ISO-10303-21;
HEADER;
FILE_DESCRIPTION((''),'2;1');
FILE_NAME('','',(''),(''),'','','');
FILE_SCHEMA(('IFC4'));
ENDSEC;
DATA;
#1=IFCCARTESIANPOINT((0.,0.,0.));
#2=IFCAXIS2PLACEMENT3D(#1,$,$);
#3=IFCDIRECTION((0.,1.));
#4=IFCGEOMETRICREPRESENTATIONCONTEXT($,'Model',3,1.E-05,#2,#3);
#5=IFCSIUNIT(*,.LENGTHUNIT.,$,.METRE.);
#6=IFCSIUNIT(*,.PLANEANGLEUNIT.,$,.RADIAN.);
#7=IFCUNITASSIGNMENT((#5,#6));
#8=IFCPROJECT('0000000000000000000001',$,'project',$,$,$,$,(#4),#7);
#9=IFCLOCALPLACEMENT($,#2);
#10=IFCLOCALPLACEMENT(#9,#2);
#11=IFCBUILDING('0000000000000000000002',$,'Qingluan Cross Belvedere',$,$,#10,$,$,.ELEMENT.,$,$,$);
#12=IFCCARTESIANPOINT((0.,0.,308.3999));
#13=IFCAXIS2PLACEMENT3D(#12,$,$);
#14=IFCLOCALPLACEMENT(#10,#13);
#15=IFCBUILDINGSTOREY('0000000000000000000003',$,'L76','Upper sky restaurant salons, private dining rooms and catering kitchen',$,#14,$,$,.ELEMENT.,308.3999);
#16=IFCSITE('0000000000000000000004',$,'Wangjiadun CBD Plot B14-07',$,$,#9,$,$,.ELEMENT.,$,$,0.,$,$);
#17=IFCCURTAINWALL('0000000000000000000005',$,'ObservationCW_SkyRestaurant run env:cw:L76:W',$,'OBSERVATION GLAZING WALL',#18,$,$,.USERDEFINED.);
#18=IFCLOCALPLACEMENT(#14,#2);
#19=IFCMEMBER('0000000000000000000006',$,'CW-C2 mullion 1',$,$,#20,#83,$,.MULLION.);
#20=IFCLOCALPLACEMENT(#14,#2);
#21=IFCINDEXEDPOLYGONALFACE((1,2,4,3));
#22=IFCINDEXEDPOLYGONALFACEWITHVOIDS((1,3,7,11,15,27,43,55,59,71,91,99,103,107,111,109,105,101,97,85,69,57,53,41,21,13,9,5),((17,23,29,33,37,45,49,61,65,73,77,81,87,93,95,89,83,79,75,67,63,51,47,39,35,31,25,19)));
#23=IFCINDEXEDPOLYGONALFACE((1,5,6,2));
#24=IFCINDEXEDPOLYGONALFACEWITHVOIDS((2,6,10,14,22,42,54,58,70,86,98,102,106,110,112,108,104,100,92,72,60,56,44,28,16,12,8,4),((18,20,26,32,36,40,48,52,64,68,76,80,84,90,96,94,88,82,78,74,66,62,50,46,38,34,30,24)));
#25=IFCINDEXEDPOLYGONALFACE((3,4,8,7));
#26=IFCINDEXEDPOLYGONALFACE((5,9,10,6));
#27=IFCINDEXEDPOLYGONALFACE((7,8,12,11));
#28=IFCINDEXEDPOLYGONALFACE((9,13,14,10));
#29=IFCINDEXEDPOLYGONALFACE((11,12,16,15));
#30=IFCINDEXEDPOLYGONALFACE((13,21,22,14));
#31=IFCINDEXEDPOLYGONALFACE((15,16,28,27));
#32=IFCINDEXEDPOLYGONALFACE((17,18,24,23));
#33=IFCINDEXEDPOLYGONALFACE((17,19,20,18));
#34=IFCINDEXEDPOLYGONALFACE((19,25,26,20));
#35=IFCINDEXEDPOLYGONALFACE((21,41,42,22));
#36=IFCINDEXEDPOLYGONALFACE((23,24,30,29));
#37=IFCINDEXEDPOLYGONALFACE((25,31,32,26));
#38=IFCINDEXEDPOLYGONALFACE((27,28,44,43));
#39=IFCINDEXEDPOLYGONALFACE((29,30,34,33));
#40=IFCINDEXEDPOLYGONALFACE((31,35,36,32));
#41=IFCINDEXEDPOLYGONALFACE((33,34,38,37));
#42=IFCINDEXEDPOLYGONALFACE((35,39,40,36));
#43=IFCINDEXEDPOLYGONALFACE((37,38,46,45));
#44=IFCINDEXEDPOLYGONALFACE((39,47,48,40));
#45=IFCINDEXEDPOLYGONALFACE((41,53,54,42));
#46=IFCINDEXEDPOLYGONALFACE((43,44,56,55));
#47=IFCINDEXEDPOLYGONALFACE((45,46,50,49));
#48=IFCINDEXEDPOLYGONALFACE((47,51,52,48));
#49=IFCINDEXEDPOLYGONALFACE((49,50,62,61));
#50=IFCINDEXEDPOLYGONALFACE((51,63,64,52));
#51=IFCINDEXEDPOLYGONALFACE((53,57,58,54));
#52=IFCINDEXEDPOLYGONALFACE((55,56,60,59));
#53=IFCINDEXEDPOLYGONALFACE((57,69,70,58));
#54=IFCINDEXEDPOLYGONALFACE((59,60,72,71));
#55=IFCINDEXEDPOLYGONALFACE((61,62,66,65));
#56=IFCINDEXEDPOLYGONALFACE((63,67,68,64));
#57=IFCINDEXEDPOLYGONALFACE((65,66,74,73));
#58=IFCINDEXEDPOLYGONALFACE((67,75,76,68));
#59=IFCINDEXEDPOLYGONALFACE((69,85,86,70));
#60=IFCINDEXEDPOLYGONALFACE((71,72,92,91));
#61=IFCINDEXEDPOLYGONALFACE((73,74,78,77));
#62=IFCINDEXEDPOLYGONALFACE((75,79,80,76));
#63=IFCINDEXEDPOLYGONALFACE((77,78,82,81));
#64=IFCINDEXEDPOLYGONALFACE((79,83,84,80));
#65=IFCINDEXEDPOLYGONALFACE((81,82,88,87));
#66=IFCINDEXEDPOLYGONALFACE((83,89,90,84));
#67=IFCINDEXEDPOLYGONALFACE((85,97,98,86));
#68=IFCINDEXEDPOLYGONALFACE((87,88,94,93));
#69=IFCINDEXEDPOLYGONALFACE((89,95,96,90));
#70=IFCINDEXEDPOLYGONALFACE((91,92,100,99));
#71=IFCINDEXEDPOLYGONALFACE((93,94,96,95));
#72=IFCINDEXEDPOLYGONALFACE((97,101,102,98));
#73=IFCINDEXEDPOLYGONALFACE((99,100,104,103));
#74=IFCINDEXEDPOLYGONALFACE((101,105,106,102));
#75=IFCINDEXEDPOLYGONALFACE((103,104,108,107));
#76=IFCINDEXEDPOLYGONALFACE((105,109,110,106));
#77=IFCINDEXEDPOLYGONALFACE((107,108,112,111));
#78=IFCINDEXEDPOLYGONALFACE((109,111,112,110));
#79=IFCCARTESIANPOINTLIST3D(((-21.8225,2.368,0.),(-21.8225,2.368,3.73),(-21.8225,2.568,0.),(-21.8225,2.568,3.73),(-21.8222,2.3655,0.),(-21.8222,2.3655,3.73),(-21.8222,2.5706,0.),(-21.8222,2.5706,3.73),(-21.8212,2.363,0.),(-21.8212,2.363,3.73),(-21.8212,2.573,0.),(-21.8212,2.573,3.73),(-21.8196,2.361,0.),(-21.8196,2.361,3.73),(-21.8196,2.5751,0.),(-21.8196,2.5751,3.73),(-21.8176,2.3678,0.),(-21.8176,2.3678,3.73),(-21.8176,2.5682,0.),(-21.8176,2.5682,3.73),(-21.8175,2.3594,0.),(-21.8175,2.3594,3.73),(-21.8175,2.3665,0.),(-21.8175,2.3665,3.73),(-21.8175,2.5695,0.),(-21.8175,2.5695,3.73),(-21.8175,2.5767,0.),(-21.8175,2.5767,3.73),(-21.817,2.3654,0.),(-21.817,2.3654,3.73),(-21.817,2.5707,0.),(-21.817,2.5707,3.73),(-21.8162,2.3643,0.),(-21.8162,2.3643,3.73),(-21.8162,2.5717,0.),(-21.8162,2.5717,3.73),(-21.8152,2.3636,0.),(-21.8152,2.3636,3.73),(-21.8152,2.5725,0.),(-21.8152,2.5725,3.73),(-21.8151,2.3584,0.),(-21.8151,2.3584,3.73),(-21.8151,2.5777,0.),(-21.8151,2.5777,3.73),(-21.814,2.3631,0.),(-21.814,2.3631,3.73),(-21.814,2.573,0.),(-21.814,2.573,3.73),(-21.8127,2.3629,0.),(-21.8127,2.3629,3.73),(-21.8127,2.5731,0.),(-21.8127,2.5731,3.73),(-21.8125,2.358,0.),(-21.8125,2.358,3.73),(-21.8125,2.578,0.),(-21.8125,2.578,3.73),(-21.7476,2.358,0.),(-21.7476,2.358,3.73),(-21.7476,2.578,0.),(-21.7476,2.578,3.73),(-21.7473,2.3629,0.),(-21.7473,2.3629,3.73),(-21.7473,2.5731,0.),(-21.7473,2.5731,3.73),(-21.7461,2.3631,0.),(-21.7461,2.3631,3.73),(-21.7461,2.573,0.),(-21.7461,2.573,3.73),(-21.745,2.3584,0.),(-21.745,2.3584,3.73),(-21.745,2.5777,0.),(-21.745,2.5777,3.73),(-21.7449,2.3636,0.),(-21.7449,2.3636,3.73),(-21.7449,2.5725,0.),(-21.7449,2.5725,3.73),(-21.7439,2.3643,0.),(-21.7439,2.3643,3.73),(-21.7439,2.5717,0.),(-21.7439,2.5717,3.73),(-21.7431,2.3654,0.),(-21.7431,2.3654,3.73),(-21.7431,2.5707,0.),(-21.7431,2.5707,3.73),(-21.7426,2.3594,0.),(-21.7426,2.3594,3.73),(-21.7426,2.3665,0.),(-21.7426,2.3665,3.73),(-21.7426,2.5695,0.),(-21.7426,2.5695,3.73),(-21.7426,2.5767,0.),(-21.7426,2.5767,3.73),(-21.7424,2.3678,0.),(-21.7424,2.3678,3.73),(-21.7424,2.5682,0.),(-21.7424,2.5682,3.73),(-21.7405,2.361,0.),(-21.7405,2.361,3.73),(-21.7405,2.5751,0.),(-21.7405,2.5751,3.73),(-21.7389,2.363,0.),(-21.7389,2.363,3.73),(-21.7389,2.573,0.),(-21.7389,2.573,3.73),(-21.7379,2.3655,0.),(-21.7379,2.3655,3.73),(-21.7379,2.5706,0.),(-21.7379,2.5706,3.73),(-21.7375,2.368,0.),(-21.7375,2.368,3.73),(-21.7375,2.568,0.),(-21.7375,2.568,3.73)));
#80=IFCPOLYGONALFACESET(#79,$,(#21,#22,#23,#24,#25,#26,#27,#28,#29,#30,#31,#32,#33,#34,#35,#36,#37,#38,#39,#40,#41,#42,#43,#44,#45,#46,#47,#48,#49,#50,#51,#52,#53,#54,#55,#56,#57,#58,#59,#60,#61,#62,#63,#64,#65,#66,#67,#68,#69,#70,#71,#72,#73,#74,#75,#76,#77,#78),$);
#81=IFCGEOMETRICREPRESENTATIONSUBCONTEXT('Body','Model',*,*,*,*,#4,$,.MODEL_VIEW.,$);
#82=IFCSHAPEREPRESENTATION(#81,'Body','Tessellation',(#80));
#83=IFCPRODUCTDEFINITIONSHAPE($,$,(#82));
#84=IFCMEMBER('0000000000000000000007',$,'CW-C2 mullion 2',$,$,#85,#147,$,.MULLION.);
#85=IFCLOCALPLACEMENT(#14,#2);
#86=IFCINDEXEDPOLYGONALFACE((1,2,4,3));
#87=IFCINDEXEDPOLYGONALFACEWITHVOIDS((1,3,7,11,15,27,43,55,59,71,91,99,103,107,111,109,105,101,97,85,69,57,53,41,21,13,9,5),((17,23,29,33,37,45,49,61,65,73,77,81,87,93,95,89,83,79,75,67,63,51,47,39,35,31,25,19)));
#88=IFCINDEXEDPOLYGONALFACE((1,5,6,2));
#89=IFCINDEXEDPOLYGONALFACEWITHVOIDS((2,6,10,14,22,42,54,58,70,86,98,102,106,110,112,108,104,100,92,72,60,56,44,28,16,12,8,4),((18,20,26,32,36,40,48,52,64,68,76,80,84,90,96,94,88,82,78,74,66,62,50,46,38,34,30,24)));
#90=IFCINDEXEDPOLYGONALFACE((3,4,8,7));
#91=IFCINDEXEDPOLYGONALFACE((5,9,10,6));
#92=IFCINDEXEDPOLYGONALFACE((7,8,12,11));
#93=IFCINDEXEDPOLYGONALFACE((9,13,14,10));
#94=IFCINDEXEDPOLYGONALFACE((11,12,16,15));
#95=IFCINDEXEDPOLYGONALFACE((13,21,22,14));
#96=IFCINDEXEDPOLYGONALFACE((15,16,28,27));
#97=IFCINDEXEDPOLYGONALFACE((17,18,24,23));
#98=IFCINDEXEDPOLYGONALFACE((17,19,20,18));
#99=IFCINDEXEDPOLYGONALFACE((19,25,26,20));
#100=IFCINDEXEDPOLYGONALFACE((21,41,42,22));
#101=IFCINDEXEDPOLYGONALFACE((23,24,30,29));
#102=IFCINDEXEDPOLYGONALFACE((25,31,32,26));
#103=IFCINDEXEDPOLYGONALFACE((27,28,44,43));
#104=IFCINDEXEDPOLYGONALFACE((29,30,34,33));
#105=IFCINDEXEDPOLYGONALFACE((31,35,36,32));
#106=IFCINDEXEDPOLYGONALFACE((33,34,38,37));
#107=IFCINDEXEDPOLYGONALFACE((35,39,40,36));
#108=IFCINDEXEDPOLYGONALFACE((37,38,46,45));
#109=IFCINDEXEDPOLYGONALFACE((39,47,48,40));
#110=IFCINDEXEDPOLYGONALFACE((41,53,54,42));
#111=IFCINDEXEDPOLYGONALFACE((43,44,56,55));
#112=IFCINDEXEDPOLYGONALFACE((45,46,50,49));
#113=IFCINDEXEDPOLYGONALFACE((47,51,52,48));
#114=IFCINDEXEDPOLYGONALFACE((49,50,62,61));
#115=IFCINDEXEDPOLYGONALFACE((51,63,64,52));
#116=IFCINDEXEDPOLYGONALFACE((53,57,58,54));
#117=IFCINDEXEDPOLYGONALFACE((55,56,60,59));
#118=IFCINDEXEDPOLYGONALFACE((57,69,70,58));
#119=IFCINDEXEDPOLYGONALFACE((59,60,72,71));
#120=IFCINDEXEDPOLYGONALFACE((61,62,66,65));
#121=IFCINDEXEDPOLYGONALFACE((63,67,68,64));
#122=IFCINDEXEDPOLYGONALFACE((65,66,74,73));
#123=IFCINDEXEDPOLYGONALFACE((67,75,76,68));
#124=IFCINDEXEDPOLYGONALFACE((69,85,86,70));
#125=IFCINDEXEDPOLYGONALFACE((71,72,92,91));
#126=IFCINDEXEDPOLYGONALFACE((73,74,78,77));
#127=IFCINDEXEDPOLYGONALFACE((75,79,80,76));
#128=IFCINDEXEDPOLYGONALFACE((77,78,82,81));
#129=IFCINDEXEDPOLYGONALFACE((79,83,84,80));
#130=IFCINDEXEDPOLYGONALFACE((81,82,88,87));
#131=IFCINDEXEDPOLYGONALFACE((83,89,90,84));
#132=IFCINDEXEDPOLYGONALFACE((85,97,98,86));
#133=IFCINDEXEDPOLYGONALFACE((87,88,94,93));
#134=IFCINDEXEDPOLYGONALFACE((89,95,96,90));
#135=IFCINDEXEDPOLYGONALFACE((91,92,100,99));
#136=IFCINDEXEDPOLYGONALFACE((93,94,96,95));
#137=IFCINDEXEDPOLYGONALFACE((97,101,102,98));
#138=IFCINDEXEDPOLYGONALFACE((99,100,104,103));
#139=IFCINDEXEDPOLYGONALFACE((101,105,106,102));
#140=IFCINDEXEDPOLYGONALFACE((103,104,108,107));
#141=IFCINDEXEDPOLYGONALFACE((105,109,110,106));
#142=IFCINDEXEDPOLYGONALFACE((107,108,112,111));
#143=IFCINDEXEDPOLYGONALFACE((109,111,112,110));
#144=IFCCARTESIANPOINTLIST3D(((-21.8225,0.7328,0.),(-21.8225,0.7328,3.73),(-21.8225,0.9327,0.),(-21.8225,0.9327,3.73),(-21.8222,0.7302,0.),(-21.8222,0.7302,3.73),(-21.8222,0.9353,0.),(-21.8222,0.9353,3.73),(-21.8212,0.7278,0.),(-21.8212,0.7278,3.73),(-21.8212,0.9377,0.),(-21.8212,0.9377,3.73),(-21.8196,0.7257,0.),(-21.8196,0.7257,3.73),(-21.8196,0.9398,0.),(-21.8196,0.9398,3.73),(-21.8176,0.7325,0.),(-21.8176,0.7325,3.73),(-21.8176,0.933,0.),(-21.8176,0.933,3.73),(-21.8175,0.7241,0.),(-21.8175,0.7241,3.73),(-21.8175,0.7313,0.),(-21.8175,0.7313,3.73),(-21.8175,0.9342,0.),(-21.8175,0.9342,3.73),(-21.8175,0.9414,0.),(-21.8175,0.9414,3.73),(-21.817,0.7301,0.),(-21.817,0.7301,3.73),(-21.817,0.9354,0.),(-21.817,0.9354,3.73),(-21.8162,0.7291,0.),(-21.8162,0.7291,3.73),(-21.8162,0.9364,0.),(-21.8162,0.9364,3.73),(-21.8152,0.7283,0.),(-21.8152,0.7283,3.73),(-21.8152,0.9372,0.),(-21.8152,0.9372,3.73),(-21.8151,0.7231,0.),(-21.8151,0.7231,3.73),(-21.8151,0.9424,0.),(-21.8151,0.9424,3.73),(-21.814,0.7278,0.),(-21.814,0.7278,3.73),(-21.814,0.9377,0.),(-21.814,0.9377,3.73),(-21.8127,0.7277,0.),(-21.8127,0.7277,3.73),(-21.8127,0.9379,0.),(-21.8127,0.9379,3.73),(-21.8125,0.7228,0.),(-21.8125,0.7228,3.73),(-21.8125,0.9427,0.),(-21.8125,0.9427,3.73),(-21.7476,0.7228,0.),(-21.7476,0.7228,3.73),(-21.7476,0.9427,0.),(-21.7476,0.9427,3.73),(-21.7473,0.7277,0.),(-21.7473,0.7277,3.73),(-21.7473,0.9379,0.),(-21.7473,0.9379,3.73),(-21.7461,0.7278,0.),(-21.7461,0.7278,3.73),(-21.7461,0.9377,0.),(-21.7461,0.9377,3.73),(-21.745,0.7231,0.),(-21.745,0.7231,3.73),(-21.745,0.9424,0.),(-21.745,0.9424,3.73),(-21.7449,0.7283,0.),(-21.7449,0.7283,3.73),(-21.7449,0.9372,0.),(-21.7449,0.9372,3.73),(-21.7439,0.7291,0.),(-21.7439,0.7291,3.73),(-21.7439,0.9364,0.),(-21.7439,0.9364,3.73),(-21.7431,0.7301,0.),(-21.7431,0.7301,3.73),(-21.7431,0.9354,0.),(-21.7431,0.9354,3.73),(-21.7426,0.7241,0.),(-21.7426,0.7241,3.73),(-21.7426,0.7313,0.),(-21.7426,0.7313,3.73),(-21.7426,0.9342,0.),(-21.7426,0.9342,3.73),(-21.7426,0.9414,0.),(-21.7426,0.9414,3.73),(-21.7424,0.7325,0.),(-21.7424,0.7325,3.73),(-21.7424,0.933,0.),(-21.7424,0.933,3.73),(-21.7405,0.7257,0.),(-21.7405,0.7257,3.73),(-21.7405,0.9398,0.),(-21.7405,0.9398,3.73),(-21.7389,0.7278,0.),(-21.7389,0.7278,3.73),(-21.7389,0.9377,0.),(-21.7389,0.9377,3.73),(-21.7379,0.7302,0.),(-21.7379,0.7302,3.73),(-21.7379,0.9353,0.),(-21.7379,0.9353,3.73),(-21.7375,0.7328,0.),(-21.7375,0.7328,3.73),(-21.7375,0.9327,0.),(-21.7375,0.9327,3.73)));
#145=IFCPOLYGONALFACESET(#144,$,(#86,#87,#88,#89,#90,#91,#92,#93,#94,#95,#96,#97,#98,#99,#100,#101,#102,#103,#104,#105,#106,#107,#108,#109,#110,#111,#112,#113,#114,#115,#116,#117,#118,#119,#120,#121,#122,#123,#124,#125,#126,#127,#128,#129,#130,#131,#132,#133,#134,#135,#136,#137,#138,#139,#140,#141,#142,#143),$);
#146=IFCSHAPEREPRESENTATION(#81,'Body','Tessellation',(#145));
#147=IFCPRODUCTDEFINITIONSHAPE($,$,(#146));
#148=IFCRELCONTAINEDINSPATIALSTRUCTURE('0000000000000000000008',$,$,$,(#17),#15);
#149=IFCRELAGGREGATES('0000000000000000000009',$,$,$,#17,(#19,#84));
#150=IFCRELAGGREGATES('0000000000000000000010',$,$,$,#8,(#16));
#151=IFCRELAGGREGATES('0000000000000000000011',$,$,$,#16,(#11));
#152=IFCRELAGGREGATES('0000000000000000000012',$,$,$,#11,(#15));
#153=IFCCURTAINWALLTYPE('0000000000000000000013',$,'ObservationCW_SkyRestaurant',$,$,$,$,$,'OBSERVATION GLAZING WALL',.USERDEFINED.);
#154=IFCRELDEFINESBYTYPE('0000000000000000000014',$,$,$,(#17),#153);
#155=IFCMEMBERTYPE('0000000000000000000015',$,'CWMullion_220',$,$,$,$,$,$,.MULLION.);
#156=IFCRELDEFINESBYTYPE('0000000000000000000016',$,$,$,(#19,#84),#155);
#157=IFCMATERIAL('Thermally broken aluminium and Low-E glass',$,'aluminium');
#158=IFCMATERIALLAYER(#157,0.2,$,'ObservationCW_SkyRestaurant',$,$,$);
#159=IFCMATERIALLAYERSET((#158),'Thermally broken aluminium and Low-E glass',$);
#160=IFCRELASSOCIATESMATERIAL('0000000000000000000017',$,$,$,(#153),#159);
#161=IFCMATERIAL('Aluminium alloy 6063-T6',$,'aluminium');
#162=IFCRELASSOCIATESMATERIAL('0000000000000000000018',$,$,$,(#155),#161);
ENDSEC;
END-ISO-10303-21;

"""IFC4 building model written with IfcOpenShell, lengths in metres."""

from ifc_helpers import new_model, si_unit, direction, frame, origin, origin_2d, place, context, subcontext, project, spatial, hollow_rectangle, extrude, material, layer, layer_set, material_profile, profile_set, type_object, element, aggregate, save


model = new_model("IFC4")

# Units and contexts
model_context = context("Model", 3, precision=1e-05, world=origin(), true_north=direction((0.0, 1.0)))
body_context = subcontext(model_context, "Body", "Model", "MODEL_VIEW")
ifc_project = project(units=[si_unit("LENGTHUNIT", "METRE"), si_unit("PLANEANGLEUNIT", "RADIAN")], contexts=[model_context])

# Site, building, storey
site_placement = place(None, origin())
site = spatial("IfcSite", under=ifc_project, at=site_placement, Name="Wangjiadun CBD Plot B14-07", CompositionType="ELEMENT", RefElevation=0.0)
building_placement = place(site_placement, origin())
building = spatial("IfcBuilding", under=site, at=building_placement, Name="Qingluan Cross Belvedere", CompositionType="ELEMENT")
storey_placement = place(building_placement, frame((0.0, 0.0, 308.3999)))
storey = spatial("IfcBuildingStorey", under=building, at=storey_placement, Name="L76", Description="Upper sky restaurant salons, private dining rooms and catering kitchen", CompositionType="ELEMENT", Elevation=308.3999)

# Curtain wall, members
ifc_material_1 = material(Name="Thermally broken aluminium and Low-E glass", Category="aluminium")
ifc_layer_1 = layer(ifc_material_1, 0.2, Name="ObservationCW_SkyRestaurant")
ifc_layer_set_1 = layer_set([ifc_layer_1], Name="Thermally broken aluminium and Low-E glass")
curtain_wall_type = type_object("IfcCurtainWallType", Name="ObservationCW_SkyRestaurant", ElementType="OBSERVATION GLAZING WALL", PredefinedType="USERDEFINED", material=ifc_layer_set_1)
curtain_wall_placement = place(storey_placement, origin())
curtain_wall = element("IfcCurtainWall", 1, at=curtain_wall_placement, inside=storey, type_object=curtain_wall_type, Name="ObservationCW_SkyRestaurant run env:cw:L76:W", ObjectType="OBSERVATION GLAZING WALL", PredefinedType="USERDEFINED")
ifc_material_2 = material(Name="Aluminium alloy 6063-T6", Category="aluminium")
ifc_material_profile_1 = material_profile(ifc_material_2, hollow_rectangle(XDim=0.085, YDim=0.22, WallThickness=0.0049, InnerFilletRadius=0.0049, OuterFilletRadius=0.01, at=origin_2d()), Name="CWM220x85x5")
ifc_profile_set_1 = profile_set([ifc_material_profile_1], Name="Aluminium alloy 6063-T6")
member_type_1 = type_object("IfcMemberType", Name="CWMullion_220", PredefinedType="MULLION", material=ifc_profile_set_1)
member_1_placement = place(storey_placement, frame((-21.78, 2.468, 0.0), z_axis=(0.0, 0.0, 1.0), x_axis=(1.0, 0.0, 0.0)))
member_1 = element("IfcMember", 2, at=member_1_placement, type_object=member_type_1, Name="CW-C2 mullion 1", PredefinedType="MULLION", context=body_context, shape_type="SweptSolid", body=[
    extrude(hollow_rectangle(XDim=0.085, YDim=0.22, WallThickness=0.0049, InnerFilletRadius=0.0049, OuterFilletRadius=0.01, at=origin_2d()), origin(), (0.0, 0.0, 1.0), 3.73),
])
member_2_placement = place(storey_placement, frame((-21.78, 0.8328, 0.0), z_axis=(0.0, 0.0, 1.0), x_axis=(1.0, 0.0, 0.0)))
member_2 = element("IfcMember", 3, at=member_2_placement, type_object=member_type_1, Name="CW-C2 mullion 2", PredefinedType="MULLION", context=body_context, shape_type="SweptSolid", body=[
    extrude(hollow_rectangle(XDim=0.085, YDim=0.22, WallThickness=0.0049, InnerFilletRadius=0.0049, OuterFilletRadius=0.01, at=origin_2d()), origin(), (0.0, 0.0, 1.0), 3.73),
])
aggregate(curtain_wall, [member_1, member_2])

save(model, "model.ifc")
